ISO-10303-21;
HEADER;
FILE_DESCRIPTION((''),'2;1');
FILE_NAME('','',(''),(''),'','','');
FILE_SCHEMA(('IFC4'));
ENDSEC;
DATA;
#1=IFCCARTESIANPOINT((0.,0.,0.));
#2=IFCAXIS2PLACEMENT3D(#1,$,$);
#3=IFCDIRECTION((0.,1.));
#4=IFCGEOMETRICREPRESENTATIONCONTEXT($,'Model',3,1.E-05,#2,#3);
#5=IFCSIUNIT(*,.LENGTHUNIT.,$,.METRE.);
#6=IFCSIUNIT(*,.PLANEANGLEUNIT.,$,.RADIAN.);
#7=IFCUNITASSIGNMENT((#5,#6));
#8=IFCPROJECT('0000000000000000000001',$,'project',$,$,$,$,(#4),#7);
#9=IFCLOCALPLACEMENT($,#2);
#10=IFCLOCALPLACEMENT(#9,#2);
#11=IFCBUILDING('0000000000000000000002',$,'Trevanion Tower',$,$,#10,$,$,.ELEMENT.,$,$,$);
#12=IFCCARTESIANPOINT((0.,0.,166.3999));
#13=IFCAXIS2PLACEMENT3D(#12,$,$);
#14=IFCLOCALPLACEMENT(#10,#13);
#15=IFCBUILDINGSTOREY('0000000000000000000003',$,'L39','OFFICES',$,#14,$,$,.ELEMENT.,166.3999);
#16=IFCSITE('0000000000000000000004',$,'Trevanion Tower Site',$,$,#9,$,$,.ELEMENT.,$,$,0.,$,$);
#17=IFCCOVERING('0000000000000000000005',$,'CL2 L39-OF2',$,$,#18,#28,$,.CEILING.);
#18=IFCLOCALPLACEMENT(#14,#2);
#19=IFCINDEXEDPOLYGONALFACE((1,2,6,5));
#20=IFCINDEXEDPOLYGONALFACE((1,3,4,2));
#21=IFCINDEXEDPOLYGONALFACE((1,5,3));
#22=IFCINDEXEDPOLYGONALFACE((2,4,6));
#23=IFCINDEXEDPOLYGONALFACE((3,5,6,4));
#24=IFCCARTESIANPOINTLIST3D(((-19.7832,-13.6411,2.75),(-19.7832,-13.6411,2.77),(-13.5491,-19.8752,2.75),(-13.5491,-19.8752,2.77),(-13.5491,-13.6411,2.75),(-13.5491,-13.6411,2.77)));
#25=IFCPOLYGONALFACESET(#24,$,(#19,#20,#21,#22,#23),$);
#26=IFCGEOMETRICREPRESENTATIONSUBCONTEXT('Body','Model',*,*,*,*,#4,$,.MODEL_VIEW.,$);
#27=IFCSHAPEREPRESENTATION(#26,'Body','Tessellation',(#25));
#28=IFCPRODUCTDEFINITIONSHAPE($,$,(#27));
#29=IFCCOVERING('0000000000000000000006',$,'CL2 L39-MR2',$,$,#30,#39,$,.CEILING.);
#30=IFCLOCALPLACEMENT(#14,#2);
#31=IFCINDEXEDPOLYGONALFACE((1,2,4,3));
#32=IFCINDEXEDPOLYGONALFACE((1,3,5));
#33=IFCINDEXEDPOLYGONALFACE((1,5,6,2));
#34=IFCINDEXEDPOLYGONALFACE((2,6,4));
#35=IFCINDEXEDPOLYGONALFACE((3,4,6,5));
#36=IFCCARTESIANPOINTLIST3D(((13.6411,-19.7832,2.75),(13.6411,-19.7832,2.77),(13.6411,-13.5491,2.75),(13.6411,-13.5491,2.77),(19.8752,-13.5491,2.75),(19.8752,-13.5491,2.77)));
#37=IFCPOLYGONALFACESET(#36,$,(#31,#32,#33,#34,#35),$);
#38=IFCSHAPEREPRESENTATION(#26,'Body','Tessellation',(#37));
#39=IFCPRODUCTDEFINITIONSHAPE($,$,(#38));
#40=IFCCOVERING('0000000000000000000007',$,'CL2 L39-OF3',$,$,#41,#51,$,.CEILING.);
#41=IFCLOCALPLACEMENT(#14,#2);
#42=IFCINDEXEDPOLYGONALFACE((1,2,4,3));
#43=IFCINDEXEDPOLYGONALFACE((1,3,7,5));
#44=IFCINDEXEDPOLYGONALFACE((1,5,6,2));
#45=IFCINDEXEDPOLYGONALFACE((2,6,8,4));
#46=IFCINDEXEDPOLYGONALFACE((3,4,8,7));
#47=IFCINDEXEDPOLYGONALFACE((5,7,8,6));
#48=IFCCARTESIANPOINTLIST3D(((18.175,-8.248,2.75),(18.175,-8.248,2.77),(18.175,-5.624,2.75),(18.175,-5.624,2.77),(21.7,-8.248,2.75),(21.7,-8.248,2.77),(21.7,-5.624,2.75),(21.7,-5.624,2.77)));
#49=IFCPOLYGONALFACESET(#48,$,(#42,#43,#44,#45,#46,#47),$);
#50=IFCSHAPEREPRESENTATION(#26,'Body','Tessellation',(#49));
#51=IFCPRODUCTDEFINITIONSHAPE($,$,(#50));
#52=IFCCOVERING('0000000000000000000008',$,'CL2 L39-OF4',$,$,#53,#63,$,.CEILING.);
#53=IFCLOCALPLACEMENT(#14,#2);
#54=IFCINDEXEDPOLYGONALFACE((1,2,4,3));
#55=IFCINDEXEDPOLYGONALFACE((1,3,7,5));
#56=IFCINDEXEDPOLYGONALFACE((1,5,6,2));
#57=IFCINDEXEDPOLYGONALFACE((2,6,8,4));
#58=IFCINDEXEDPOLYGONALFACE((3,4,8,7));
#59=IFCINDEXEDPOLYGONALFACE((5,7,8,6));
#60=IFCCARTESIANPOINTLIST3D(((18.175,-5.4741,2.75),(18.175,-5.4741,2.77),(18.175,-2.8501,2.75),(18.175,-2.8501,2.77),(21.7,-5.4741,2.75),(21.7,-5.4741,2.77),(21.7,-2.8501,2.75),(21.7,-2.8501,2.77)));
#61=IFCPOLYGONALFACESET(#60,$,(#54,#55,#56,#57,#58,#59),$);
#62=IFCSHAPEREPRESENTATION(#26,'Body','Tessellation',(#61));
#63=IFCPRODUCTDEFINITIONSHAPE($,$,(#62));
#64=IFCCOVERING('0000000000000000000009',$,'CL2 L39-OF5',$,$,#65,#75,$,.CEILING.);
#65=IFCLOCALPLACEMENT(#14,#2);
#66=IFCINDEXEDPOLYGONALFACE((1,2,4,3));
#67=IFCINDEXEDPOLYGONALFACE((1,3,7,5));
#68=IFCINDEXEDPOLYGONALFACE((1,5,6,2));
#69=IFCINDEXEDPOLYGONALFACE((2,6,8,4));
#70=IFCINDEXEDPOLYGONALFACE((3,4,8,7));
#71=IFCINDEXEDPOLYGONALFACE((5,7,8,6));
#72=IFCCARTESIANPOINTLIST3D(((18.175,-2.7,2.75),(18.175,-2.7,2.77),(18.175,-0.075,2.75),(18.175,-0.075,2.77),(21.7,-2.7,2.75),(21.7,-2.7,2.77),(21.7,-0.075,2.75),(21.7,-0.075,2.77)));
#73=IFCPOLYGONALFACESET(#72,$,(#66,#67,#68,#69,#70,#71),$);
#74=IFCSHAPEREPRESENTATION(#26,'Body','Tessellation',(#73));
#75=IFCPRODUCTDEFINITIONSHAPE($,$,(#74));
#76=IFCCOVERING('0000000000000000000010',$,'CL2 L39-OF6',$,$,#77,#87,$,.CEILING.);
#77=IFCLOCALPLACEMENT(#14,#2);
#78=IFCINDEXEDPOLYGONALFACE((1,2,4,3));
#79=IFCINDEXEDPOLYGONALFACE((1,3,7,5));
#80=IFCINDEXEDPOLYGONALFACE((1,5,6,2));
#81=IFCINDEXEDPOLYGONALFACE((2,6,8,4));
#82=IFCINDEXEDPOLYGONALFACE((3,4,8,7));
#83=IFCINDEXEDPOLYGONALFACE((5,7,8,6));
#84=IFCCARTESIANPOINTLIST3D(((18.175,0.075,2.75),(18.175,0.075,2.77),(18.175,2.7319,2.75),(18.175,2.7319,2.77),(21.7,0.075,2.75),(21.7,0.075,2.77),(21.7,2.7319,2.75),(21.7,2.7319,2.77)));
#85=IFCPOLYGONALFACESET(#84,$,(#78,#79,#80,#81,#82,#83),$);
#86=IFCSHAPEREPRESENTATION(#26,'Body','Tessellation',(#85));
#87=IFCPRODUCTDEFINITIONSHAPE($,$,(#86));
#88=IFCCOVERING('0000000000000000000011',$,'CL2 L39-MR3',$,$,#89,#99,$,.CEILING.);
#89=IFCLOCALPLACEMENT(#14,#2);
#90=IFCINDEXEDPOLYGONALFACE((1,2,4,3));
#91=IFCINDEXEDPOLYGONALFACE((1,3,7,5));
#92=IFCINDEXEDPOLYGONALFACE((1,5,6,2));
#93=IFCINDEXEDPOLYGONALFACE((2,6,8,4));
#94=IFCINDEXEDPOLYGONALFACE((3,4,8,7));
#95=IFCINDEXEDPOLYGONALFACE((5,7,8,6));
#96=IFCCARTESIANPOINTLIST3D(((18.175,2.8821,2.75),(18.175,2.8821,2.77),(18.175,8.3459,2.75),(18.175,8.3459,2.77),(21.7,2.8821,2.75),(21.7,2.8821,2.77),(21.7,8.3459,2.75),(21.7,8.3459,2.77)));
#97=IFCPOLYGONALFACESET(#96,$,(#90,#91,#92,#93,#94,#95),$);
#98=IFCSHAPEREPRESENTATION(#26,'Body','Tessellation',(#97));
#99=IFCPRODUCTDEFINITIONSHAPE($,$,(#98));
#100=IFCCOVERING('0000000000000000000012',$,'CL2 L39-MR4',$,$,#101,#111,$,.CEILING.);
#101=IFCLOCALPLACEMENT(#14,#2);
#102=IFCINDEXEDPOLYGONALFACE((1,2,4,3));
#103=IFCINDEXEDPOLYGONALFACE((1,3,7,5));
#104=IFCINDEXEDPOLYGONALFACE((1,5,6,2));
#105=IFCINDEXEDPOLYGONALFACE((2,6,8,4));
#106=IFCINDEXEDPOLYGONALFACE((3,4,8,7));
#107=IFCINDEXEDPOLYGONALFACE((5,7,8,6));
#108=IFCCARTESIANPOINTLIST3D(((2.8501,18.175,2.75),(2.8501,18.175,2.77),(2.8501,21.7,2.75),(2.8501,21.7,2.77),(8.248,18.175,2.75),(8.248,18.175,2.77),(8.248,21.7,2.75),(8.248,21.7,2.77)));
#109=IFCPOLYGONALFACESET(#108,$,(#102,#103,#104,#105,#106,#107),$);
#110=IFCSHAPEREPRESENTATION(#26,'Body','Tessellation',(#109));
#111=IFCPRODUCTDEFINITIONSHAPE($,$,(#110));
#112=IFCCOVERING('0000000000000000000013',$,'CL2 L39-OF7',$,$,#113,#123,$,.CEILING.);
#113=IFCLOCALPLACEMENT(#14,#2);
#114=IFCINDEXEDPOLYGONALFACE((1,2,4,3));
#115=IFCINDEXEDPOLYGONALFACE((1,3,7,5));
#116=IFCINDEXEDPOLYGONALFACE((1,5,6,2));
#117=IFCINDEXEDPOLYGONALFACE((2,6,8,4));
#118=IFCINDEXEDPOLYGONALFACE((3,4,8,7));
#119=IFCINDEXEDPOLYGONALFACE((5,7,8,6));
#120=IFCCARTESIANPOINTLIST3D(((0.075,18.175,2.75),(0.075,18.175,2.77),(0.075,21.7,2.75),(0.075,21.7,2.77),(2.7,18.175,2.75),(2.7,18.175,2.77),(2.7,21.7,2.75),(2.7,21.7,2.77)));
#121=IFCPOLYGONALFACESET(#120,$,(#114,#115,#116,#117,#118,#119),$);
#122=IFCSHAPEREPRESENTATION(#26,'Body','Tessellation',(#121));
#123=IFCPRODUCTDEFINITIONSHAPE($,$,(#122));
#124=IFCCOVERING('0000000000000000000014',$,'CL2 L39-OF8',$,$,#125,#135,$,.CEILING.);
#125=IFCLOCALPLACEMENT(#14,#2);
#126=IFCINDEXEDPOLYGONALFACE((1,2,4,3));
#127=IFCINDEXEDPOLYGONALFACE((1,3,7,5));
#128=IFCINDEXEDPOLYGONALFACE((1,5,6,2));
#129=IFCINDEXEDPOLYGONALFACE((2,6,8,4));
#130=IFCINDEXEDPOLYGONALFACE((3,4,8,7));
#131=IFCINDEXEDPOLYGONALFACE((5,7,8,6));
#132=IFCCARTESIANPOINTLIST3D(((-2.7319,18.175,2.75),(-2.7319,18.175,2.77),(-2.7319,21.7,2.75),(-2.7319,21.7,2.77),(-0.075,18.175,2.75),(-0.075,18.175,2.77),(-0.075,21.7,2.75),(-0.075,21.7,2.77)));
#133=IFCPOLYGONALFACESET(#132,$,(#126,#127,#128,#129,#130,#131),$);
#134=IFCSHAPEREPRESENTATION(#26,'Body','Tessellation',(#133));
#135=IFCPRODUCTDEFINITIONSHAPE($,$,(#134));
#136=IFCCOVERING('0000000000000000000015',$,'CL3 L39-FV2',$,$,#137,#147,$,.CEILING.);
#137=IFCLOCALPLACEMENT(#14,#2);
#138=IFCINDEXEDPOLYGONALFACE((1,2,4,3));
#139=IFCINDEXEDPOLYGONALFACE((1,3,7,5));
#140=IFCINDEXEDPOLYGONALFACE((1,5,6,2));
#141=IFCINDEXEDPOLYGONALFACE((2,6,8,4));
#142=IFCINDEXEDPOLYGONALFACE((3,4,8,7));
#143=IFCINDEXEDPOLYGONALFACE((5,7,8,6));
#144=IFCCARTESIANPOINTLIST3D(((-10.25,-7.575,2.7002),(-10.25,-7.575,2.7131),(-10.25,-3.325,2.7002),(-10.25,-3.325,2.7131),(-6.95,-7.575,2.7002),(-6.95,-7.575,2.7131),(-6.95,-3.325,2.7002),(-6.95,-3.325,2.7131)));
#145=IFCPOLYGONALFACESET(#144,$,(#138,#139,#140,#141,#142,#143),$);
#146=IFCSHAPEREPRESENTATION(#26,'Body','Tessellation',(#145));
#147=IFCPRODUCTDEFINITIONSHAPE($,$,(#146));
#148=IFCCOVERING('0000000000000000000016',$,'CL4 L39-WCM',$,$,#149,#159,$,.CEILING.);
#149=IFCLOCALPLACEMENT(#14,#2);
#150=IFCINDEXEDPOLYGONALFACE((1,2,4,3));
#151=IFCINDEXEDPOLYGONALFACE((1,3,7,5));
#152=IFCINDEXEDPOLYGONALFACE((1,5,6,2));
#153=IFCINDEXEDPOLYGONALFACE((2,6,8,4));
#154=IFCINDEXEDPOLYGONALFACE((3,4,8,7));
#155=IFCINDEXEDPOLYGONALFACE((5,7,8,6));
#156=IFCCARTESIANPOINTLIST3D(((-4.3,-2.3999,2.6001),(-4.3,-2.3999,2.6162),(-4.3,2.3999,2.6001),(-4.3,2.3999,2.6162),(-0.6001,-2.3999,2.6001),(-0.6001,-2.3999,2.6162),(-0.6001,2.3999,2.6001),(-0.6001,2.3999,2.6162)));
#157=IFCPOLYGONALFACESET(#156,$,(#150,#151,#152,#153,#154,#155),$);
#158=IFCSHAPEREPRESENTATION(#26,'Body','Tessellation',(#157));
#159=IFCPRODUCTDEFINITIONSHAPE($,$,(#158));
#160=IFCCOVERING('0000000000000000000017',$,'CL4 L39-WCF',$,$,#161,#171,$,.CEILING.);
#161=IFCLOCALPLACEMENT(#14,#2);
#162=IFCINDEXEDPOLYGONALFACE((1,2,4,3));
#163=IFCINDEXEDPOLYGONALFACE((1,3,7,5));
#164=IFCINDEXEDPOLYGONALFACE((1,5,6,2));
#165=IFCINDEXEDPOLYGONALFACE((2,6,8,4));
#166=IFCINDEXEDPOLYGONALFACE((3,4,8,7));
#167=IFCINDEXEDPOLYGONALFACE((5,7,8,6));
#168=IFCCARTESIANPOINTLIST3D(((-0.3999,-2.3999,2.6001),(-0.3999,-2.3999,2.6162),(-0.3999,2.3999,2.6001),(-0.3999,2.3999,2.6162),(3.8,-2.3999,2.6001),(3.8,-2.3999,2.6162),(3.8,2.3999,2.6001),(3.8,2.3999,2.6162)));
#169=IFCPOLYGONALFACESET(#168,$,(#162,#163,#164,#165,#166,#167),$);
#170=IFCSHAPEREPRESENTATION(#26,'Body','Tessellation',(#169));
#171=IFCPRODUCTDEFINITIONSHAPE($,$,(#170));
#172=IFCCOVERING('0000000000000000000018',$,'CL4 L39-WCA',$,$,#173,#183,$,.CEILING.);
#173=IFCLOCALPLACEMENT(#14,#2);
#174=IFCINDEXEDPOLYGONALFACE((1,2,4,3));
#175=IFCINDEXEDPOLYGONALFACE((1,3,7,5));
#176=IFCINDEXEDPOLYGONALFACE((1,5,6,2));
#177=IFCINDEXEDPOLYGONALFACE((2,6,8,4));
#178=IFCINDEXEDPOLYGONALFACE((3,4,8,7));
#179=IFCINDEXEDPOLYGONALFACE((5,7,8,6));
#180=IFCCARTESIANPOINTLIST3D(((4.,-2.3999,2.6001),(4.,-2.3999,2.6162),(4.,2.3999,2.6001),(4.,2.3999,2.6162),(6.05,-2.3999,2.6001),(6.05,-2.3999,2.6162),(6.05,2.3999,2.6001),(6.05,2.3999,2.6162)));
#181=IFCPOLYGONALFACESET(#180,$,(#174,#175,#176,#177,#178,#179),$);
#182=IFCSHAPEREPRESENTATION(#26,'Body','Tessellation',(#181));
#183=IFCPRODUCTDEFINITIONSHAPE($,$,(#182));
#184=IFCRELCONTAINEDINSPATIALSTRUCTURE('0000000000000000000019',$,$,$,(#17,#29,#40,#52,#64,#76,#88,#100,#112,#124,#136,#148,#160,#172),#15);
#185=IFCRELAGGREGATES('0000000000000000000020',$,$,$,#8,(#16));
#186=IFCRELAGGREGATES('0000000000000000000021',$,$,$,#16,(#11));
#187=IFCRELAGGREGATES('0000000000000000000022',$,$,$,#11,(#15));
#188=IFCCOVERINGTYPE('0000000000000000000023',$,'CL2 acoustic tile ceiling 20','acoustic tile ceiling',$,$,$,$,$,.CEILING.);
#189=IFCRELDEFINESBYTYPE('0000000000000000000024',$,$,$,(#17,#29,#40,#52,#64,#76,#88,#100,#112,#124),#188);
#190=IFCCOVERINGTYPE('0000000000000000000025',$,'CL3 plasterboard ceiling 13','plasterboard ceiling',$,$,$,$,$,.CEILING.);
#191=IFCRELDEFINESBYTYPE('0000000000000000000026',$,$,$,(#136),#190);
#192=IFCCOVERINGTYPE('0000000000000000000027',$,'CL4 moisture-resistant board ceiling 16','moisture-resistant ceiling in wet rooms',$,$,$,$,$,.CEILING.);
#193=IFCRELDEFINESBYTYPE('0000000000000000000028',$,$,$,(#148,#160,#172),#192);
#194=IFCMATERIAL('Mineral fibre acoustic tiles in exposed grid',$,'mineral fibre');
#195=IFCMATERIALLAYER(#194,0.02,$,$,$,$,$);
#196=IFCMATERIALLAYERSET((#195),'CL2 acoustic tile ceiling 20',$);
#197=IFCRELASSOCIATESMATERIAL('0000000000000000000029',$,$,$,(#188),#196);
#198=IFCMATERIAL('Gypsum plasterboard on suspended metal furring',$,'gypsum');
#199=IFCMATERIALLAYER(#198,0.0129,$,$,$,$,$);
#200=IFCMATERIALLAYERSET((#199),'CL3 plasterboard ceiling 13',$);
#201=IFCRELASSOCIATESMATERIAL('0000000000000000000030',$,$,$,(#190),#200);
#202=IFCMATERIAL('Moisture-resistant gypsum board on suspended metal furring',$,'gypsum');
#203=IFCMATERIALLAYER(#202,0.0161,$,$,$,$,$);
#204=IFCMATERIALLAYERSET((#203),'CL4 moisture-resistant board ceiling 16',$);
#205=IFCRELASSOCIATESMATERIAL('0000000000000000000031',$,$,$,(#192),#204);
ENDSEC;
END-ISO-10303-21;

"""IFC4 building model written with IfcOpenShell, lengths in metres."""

from ifc_helpers import new_model, si_unit, direction, frame, origin, place, context, subcontext, project, spatial, polyline, outline, extrude, material, layer, layer_set, type_object, element, save


model = new_model("IFC4")

# Units and contexts
model_context = context("Model", 3, precision=1e-05, world=origin(), true_north=direction((0.0, 1.0)))
body_context = subcontext(model_context, "Body", "Model", "MODEL_VIEW")
ifc_project = project(units=[si_unit("LENGTHUNIT", "METRE"), si_unit("PLANEANGLEUNIT", "RADIAN")], contexts=[model_context])

# Site, building, storey
site_placement = place(None, origin())
site = spatial("IfcSite", under=ifc_project, at=site_placement, Name="Trevanion Tower Site", CompositionType="ELEMENT", RefElevation=0.0)
building_placement = place(site_placement, origin())
building = spatial("IfcBuilding", under=site, at=building_placement, Name="Trevanion Tower", CompositionType="ELEMENT")
storey_placement = place(building_placement, frame((0.0, 0.0, 166.3999)))
storey = spatial("IfcBuildingStorey", under=building, at=storey_placement, Name="L39", Description="OFFICES", CompositionType="ELEMENT", Elevation=166.3999)

# Coverings
ifc_material_1 = material(Name="Mineral fibre acoustic tiles in exposed grid", Category="mineral fibre")
ifc_layer_1 = layer(ifc_material_1, 0.02)
ifc_layer_set_1 = layer_set([ifc_layer_1], Name="CL2 acoustic tile ceiling 20")
covering_type_1 = type_object("IfcCoveringType", Name="CL2 acoustic tile ceiling 20", Description="acoustic tile ceiling", PredefinedType="CEILING", material=ifc_layer_set_1)
covering_1_placement = place(storey_placement, frame((0.0, 0.0, 2.75)))
element("IfcCovering", 1, at=covering_1_placement, inside=storey, type_object=covering_type_1, Name="CL2 L39-OF2", PredefinedType="CEILING", context=body_context, shape_type="SweptSolid", body=[
    extrude(outline(polyline([(-13.5491, -19.8752), (-19.7832, -13.6411), (-13.5491, -13.6411), (-13.5491, -19.8752)])), origin(), (0.0, 0.0, 1.0), 0.02),
])
covering_2_placement = place(storey_placement, frame((0.0, 0.0, 2.75)))
element("IfcCovering", 2, at=covering_2_placement, inside=storey, type_object=covering_type_1, Name="CL2 L39-MR2", PredefinedType="CEILING", context=body_context, shape_type="SweptSolid", body=[
    extrude(outline(polyline([(19.8752, -13.5491), (13.6411, -19.7832), (13.6411, -13.5491), (19.8752, -13.5491)])), origin(), (0.0, 0.0, 1.0), 0.02),
])
covering_3_placement = place(storey_placement, frame((0.0, 0.0, 2.75)))
element("IfcCovering", 3, at=covering_3_placement, inside=storey, type_object=covering_type_1, Name="CL2 L39-OF3", PredefinedType="CEILING", context=body_context, shape_type="SweptSolid", body=[
    extrude(outline(polyline([(18.175, -8.248), (18.175, -5.624), (21.7, -5.624), (21.7, -8.248), (18.175, -8.248)])), origin(), (0.0, 0.0, 1.0), 0.02),
])
covering_4_placement = place(storey_placement, frame((0.0, 0.0, 2.75)))
element("IfcCovering", 4, at=covering_4_placement, inside=storey, type_object=covering_type_1, Name="CL2 L39-OF4", PredefinedType="CEILING", context=body_context, shape_type="SweptSolid", body=[
    extrude(outline(polyline([(18.175, -5.4741), (18.175, -2.8501), (21.7, -2.8501), (21.7, -5.4741), (18.175, -5.4741)])), origin(), (0.0, 0.0, 1.0), 0.02),
])
covering_5_placement = place(storey_placement, frame((0.0, 0.0, 2.75)))
element("IfcCovering", 5, at=covering_5_placement, inside=storey, type_object=covering_type_1, Name="CL2 L39-OF5", PredefinedType="CEILING", context=body_context, shape_type="SweptSolid", body=[
    extrude(outline(polyline([(18.175, -2.7), (18.175, -0.075), (21.7, -0.075), (21.7, -2.7), (18.175, -2.7)])), origin(), (0.0, 0.0, 1.0), 0.02),
])
covering_6_placement = place(storey_placement, frame((0.0, 0.0, 2.75)))
element("IfcCovering", 6, at=covering_6_placement, inside=storey, type_object=covering_type_1, Name="CL2 L39-OF6", PredefinedType="CEILING", context=body_context, shape_type="SweptSolid", body=[
    extrude(outline(polyline([(18.175, 0.075), (18.175, 2.7319), (21.7, 2.7319), (21.7, 0.075), (18.175, 0.075)])), origin(), (0.0, 0.0, 1.0), 0.02),
])
covering_7_placement = place(storey_placement, frame((0.0, 0.0, 2.75)))
element("IfcCovering", 7, at=covering_7_placement, inside=storey, type_object=covering_type_1, Name="CL2 L39-MR3", PredefinedType="CEILING", context=body_context, shape_type="SweptSolid", body=[
    extrude(outline(polyline([(18.175, 2.8821), (18.175, 8.3459), (21.7, 8.3459), (21.7, 2.8821), (18.175, 2.8821)])), origin(), (0.0, 0.0, 1.0), 0.02),
])
covering_8_placement = place(storey_placement, frame((0.0, 0.0, 2.75)))
element("IfcCovering", 8, at=covering_8_placement, inside=storey, type_object=covering_type_1, Name="CL2 L39-MR4", PredefinedType="CEILING", context=body_context, shape_type="SweptSolid", body=[
    extrude(outline(polyline([(8.248, 18.175), (2.8501, 18.175), (2.8501, 21.7), (8.248, 21.7), (8.248, 18.175)])), origin(), (0.0, 0.0, 1.0), 0.02),
])
covering_9_placement = place(storey_placement, frame((0.0, 0.0, 2.75)))
element("IfcCovering", 9, at=covering_9_placement, inside=storey, type_object=covering_type_1, Name="CL2 L39-OF7", PredefinedType="CEILING", context=body_context, shape_type="SweptSolid", body=[
    extrude(outline(polyline([(2.7, 18.175), (0.075, 18.175), (0.075, 21.7), (2.7, 21.7), (2.7, 18.175)])), origin(), (0.0, 0.0, 1.0), 0.02),
])
covering_10_placement = place(storey_placement, frame((0.0, 0.0, 2.75)))
element("IfcCovering", 10, at=covering_10_placement, inside=storey, type_object=covering_type_1, Name="CL2 L39-OF8", PredefinedType="CEILING", context=body_context, shape_type="SweptSolid", body=[
    extrude(outline(polyline([(-0.075, 18.175), (-2.7319, 18.175), (-2.7319, 21.7), (-0.075, 21.7), (-0.075, 18.175)])), origin(), (0.0, 0.0, 1.0), 0.02),
])
ifc_material_2 = material(Name="Gypsum plasterboard on suspended metal furring", Category="gypsum")
ifc_layer_2 = layer(ifc_material_2, 0.0129)
ifc_layer_set_2 = layer_set([ifc_layer_2], Name="CL3 plasterboard ceiling 13")
covering_type_2 = type_object("IfcCoveringType", Name="CL3 plasterboard ceiling 13", Description="plasterboard ceiling", PredefinedType="CEILING", material=ifc_layer_set_2)
covering_11_placement = place(storey_placement, frame((0.0, 0.0, 2.7002)))
element("IfcCovering", 11, at=covering_11_placement, inside=storey, type_object=covering_type_2, Name="CL3 L39-FV2", PredefinedType="CEILING", context=body_context, shape_type="SweptSolid", body=[
    extrude(outline(polyline([(-10.25, -3.325), (-10.25, -7.575), (-6.95, -7.575), (-6.95, -3.325), (-10.25, -3.325)])), origin(), (0.0, 0.0, 1.0), 0.0129),
])
ifc_material_3 = material(Name="Moisture-resistant gypsum board on suspended metal furring", Category="gypsum")
ifc_layer_3 = layer(ifc_material_3, 0.0161)
ifc_layer_set_3 = layer_set([ifc_layer_3], Name="CL4 moisture-resistant board ceiling 16")
covering_type_3 = type_object("IfcCoveringType", Name="CL4 moisture-resistant board ceiling 16", Description="moisture-resistant ceiling in wet rooms", PredefinedType="CEILING", material=ifc_layer_set_3)
covering_12_placement = place(storey_placement, frame((0.0, 0.0, 2.6001)))
element("IfcCovering", 12, at=covering_12_placement, inside=storey, type_object=covering_type_3, Name="CL4 L39-WCM", PredefinedType="CEILING", context=body_context, shape_type="SweptSolid", body=[
    extrude(outline(polyline([(-0.6001, -2.3999), (-0.6001, 2.3999), (-4.3, 2.3999), (-4.3, -2.3999), (-0.6001, -2.3999)])), origin(), (0.0, 0.0, 1.0), 0.0161),
])
covering_13_placement = place(storey_placement, frame((0.0, 0.0, 2.6001)))
element("IfcCovering", 13, at=covering_13_placement, inside=storey, type_object=covering_type_3, Name="CL4 L39-WCF", PredefinedType="CEILING", context=body_context, shape_type="SweptSolid", body=[
    extrude(outline(polyline([(3.8, -2.3999), (3.8, 2.3999), (-0.3999, 2.3999), (-0.3999, -2.3999), (3.8, -2.3999)])), origin(), (0.0, 0.0, 1.0), 0.0161),
])
covering_14_placement = place(storey_placement, frame((0.0, 0.0, 2.6001)))
element("IfcCovering", 14, at=covering_14_placement, inside=storey, type_object=covering_type_3, Name="CL4 L39-WCA", PredefinedType="CEILING", context=body_context, shape_type="SweptSolid", body=[
    extrude(outline(polyline([(6.05, -2.3999), (6.05, 2.3999), (4.0, 2.3999), (4.0, -2.3999), (6.05, -2.3999)])), origin(), (0.0, 0.0, 1.0), 0.0161),
])

save(model, "model.ifc")
